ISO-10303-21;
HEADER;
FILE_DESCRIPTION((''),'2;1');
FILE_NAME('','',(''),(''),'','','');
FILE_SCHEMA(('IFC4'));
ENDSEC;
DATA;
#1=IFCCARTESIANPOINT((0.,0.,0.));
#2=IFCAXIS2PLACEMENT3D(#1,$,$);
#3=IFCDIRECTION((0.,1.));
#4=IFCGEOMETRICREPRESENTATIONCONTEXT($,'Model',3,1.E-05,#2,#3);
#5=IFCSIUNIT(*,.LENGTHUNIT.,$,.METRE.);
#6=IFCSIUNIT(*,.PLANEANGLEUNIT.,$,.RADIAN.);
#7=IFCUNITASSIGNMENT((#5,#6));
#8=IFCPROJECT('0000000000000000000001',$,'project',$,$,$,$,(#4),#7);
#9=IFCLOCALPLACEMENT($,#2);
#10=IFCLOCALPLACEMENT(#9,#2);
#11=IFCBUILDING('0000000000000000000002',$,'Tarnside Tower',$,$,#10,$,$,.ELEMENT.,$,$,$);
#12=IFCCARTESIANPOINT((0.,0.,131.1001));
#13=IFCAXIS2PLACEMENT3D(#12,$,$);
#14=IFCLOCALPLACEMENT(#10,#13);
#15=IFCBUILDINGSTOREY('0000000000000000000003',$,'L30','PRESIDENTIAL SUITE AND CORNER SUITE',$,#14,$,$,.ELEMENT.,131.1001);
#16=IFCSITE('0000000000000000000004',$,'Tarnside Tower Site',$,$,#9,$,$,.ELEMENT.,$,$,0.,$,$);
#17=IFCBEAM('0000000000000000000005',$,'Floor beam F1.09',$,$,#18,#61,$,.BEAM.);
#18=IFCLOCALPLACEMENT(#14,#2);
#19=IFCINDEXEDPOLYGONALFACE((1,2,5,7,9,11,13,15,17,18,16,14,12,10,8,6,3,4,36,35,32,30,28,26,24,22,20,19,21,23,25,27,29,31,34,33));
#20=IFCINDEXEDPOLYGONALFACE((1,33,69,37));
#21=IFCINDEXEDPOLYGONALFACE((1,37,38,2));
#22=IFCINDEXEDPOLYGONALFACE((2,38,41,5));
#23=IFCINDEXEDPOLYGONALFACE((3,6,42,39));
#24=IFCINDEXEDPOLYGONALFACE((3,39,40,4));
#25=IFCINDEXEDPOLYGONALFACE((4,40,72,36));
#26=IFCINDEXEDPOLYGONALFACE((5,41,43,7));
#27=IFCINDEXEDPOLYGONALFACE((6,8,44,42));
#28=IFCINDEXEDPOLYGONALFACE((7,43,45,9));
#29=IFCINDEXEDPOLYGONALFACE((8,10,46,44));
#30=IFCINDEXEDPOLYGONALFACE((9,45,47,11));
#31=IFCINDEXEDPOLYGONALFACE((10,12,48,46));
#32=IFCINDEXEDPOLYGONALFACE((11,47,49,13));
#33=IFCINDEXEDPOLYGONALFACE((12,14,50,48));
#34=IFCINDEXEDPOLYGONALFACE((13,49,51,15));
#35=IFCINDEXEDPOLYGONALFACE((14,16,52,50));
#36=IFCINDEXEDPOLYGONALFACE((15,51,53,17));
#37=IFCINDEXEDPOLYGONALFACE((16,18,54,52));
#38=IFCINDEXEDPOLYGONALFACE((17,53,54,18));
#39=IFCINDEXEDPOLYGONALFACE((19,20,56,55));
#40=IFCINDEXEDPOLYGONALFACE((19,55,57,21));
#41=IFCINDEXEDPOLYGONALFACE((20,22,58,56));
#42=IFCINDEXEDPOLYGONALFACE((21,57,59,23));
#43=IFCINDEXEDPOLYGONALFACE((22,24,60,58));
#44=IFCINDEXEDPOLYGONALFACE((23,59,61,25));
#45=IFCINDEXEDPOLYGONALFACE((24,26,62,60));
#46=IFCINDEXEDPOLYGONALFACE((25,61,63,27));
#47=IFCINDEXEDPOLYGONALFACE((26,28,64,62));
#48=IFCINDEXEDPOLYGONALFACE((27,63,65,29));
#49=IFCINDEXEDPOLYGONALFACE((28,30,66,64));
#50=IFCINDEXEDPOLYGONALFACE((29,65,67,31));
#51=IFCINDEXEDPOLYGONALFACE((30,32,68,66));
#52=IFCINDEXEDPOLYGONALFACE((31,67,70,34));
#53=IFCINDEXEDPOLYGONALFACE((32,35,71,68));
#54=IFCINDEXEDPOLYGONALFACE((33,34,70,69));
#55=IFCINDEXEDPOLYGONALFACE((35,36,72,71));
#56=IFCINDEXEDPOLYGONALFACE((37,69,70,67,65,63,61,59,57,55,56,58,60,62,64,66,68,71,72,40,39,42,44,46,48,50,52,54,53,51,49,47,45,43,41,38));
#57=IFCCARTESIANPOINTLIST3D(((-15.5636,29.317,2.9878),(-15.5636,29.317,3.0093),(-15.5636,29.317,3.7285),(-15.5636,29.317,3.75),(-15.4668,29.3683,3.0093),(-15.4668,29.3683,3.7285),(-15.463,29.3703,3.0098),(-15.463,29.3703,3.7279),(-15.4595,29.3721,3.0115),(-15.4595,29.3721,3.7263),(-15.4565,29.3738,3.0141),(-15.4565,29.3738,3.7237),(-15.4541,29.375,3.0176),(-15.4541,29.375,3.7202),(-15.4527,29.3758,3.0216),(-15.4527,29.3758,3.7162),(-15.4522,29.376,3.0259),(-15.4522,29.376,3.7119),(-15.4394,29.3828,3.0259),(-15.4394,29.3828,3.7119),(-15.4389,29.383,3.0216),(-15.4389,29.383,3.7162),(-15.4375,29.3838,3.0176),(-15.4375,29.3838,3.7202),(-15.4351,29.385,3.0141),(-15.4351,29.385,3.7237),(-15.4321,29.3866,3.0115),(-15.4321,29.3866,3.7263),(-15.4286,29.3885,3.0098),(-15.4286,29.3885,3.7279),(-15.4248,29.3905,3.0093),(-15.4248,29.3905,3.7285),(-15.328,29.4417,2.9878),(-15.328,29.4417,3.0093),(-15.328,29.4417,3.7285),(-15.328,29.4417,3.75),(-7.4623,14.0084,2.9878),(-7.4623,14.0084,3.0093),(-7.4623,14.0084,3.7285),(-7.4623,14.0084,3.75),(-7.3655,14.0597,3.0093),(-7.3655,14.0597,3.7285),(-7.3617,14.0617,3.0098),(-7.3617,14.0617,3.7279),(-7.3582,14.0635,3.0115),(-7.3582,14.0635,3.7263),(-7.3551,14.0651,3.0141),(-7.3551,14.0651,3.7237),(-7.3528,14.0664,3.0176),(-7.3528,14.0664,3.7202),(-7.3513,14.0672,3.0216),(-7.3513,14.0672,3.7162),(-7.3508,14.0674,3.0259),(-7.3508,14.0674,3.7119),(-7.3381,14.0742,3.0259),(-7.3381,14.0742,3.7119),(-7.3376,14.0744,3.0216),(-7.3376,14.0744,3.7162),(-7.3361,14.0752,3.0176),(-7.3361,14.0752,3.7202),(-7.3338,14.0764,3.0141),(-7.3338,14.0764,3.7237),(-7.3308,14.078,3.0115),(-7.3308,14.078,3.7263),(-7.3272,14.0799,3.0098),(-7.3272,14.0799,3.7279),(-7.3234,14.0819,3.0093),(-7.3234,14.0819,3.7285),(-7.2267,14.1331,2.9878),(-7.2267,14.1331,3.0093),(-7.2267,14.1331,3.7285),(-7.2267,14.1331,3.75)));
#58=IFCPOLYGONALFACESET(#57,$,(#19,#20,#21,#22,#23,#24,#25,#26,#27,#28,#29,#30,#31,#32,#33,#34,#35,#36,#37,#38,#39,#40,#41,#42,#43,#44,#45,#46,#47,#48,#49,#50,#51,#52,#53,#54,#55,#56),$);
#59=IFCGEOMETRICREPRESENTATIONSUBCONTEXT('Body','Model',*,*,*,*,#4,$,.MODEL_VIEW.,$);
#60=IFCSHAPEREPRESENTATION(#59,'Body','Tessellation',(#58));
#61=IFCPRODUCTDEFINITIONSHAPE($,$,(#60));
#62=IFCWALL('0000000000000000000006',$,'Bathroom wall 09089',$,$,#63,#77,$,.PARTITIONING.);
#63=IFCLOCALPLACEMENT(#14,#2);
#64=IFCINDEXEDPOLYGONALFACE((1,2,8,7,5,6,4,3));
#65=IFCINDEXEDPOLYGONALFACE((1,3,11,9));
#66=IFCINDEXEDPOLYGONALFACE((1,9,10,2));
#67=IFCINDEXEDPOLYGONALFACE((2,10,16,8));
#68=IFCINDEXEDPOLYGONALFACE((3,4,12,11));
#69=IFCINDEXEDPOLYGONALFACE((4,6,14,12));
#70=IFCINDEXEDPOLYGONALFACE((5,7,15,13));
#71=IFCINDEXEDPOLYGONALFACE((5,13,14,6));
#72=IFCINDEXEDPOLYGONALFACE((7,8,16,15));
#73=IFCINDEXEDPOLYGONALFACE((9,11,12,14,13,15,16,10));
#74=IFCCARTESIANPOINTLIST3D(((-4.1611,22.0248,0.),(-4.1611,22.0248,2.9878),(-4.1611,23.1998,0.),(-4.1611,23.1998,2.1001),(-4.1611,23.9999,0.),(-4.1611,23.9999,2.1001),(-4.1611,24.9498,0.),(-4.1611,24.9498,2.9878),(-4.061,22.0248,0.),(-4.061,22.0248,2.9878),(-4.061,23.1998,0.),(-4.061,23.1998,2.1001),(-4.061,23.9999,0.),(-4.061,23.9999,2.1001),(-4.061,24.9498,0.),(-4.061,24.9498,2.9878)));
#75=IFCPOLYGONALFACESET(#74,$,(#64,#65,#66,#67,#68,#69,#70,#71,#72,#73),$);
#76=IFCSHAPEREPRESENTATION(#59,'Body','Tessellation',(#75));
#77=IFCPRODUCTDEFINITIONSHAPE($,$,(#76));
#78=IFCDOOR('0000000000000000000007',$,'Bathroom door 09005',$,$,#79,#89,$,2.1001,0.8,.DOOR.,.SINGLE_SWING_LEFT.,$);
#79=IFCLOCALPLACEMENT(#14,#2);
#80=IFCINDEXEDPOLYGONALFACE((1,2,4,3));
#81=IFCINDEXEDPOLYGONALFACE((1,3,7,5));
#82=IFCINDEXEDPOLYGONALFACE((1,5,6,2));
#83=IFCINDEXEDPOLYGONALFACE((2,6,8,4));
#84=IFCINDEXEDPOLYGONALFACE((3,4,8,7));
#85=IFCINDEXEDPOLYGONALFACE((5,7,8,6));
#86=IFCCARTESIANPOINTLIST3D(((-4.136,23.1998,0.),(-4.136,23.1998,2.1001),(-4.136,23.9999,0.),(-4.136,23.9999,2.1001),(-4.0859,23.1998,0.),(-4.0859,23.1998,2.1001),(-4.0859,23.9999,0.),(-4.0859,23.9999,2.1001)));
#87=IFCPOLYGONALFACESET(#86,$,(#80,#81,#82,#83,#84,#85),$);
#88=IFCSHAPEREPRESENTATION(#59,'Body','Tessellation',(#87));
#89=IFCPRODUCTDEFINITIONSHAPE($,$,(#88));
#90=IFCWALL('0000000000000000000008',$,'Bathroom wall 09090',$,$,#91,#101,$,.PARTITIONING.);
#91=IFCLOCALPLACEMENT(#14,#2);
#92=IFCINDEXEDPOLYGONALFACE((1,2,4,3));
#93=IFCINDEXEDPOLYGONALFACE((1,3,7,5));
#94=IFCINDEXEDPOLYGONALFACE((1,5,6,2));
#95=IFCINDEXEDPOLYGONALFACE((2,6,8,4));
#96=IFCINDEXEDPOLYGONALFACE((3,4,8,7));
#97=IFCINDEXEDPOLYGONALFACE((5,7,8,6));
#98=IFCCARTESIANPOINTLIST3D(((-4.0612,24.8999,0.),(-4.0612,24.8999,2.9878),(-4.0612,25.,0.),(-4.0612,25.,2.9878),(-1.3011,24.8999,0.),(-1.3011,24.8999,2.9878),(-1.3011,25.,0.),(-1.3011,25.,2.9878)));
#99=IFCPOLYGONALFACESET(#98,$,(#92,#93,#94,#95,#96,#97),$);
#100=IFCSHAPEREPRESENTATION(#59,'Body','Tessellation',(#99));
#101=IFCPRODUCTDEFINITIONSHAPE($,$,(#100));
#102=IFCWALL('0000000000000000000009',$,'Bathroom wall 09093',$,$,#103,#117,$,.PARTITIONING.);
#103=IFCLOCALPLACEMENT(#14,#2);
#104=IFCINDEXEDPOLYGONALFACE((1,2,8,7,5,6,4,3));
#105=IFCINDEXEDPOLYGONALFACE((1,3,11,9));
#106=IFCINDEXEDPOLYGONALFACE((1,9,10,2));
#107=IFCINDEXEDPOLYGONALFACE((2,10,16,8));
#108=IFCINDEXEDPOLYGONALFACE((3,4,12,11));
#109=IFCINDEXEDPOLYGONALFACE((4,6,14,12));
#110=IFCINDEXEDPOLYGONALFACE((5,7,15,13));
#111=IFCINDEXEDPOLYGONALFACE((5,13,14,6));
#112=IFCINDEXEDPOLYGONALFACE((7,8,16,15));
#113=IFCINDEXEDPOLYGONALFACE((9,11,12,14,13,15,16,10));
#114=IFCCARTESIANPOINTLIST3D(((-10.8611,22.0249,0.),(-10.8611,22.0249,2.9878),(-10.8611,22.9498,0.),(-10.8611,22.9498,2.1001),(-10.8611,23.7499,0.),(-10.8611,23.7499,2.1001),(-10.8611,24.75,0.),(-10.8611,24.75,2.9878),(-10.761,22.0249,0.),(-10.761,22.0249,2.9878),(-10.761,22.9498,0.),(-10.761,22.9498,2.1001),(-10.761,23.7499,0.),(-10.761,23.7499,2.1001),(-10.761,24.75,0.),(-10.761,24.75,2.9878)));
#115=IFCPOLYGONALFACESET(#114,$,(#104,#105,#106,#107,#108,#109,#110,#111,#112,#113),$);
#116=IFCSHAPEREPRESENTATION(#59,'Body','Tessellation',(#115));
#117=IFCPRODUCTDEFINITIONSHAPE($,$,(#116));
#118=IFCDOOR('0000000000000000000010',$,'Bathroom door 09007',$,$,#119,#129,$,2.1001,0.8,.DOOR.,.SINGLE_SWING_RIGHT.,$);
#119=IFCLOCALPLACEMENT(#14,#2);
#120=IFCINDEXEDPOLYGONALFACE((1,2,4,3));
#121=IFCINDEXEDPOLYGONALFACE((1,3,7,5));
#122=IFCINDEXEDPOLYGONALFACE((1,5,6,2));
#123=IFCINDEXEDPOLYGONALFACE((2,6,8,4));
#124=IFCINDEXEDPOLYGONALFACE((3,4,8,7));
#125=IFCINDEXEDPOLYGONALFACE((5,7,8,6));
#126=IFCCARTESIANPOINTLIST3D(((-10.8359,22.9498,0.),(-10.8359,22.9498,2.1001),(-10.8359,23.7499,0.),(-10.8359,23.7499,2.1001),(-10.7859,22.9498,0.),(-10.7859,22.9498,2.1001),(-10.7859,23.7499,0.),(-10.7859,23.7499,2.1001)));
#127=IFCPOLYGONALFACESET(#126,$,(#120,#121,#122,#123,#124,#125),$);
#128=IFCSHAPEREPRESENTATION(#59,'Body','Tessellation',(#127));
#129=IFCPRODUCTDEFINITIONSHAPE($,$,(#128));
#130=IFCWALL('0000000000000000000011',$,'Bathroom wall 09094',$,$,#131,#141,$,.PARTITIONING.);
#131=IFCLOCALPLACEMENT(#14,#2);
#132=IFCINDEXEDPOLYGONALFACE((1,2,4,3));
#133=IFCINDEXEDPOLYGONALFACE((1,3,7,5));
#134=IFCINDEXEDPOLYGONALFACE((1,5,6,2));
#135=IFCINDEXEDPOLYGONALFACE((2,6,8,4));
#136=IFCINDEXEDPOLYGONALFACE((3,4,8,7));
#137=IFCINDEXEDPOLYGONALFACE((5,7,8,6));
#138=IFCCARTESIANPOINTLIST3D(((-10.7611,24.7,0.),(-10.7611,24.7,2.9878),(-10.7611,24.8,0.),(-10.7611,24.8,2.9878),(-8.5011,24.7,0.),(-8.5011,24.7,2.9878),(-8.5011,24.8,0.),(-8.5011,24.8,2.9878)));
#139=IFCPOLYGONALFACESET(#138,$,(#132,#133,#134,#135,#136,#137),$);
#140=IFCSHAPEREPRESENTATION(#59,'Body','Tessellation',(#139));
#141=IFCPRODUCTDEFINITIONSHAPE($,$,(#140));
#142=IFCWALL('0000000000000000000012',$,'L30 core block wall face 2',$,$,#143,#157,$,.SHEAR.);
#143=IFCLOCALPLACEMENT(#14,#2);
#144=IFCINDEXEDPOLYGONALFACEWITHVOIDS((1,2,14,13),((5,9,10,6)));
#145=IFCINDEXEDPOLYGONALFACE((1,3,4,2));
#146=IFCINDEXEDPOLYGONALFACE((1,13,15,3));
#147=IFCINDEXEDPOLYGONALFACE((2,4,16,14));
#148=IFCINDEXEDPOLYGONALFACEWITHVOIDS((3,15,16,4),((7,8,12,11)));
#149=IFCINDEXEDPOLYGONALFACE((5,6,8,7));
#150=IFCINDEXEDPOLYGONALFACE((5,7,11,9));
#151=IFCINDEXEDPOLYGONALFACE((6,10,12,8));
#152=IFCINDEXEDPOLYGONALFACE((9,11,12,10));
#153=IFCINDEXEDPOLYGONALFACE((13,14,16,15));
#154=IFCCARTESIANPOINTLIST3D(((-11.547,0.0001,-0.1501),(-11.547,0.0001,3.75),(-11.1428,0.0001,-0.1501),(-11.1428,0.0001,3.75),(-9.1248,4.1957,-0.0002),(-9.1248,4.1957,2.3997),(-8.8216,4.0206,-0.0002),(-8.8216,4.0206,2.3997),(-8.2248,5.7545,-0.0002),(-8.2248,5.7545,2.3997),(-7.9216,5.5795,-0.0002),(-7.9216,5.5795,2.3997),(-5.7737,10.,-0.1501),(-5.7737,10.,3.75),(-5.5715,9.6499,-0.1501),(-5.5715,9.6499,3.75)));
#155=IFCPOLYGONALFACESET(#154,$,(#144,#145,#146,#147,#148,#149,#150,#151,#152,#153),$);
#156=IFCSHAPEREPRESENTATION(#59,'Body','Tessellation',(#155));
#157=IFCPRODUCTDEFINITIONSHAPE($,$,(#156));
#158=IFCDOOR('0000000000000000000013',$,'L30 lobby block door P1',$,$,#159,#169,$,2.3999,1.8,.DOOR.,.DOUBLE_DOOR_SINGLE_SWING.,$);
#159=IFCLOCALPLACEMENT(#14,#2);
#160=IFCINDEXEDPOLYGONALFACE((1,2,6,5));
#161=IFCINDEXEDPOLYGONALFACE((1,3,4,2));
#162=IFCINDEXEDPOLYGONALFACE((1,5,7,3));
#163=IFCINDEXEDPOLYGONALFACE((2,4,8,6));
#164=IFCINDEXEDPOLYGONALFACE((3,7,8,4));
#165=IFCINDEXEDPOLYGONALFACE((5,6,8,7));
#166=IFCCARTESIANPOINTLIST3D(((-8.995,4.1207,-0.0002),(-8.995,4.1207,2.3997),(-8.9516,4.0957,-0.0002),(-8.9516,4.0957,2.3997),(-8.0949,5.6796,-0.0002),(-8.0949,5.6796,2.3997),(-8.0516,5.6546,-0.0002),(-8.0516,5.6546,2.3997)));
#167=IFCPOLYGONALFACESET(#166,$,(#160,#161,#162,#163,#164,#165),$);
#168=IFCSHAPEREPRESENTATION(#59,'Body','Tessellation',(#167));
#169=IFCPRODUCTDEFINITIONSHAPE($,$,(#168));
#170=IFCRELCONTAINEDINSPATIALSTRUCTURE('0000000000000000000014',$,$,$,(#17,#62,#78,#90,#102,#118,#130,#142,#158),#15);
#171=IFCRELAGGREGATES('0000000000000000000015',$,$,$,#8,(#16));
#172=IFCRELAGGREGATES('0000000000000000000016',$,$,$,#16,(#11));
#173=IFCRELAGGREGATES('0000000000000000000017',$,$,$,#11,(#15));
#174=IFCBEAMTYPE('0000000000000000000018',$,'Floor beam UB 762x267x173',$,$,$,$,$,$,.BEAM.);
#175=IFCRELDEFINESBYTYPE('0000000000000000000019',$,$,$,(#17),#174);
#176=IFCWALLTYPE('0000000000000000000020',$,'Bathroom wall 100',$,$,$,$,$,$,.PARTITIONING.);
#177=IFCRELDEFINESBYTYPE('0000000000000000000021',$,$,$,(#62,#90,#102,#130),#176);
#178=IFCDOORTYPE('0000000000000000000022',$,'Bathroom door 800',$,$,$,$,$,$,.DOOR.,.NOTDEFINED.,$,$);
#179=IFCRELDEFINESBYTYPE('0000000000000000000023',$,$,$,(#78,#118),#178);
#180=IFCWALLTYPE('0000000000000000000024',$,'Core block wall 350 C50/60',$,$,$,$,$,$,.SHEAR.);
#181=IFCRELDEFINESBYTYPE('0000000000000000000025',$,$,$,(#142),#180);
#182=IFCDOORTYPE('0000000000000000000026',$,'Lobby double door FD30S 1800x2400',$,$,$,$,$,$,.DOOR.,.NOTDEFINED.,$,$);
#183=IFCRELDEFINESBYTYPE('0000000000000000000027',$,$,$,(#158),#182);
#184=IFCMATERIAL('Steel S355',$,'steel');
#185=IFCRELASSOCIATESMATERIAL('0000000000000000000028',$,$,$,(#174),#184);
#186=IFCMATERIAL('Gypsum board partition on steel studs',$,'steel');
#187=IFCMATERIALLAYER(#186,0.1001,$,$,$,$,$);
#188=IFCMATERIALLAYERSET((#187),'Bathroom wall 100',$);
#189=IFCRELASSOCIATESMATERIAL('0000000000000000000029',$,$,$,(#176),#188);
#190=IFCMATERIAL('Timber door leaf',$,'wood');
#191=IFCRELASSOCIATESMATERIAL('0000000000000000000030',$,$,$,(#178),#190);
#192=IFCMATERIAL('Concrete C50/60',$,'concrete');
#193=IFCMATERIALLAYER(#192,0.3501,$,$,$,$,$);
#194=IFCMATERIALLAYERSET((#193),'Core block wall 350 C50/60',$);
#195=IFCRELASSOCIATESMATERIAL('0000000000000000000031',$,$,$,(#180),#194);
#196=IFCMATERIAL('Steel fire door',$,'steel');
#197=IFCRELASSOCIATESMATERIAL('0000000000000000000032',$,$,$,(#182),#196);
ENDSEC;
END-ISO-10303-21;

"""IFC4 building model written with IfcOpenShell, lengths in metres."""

from ifc_helpers import new_model, si_unit, direction, frame, frame_2d, origin, origin_2d, place, context, subcontext, project, spatial, polyline, rectangle, i_section, outline, extrude, material, layer, layer_set, material_profile, profile_set, type_object, element, fill, save


model = new_model("IFC4")

# Units and contexts
model_context = context("Model", 3, precision=1e-05, world=origin(), true_north=direction((0.0, 1.0)))
body_context = subcontext(model_context, "Body", "Model", "MODEL_VIEW")
ifc_project = project(units=[si_unit("LENGTHUNIT", "METRE"), si_unit("PLANEANGLEUNIT", "RADIAN")], contexts=[model_context])

# Site, building, storey
site_placement = place(None, origin())
site = spatial("IfcSite", under=ifc_project, at=site_placement, Name="Tarnside Tower Site", CompositionType="ELEMENT", RefElevation=0.0)
building_placement = place(site_placement, origin())
building = spatial("IfcBuilding", under=site, at=building_placement, Name="Tarnside Tower", CompositionType="ELEMENT")
storey_placement = place(building_placement, frame((0.0, 0.0, 131.1001)))
storey = spatial("IfcBuildingStorey", under=building, at=storey_placement, Name="L30", Description="PRESIDENTIAL SUITE AND CORNER SUITE", CompositionType="ELEMENT", Elevation=131.1001)

# Beam
ifc_material_1 = material(Name="Steel S355", Category="steel")
ifc_material_profile_1 = material_profile(ifc_material_1, i_section(OverallWidth=0.2666, OverallDepth=0.7622, WebThickness=0.0144, FlangeThickness=0.0215, FilletRadius=0.0166, at=origin_2d()), Name="UB 762x267x173")
ifc_profile_set_1 = profile_set([ifc_material_profile_1], Name="Steel S355")
beam_type_1 = type_object("IfcBeamType", Name="Floor beam UB 762x267x173", PredefinedType="BEAM", material=ifc_profile_set_1)
beam_1_placement = place(storey_placement, frame((-15.4458, 29.3794, 3.3689), z_axis=(0.467742, -0.883865, 0.0), x_axis=(0.883865, 0.467742, 0.0)))
element("IfcBeam", 1, at=beam_1_placement, inside=storey, type_object=beam_type_1, Name="Floor beam F1.09", PredefinedType="BEAM", context=body_context, shape_type="SweptSolid", body=[
    extrude(i_section(OverallWidth=0.2666, OverallDepth=0.7622, WebThickness=0.0144, FlangeThickness=0.0215, FilletRadius=0.0166, at=origin_2d()), origin(), (0.0, 0.0, 1.0), 17.3201),
])

# Wall, opening, door
ifc_material_2 = material(Name="Gypsum board partition on steel studs", Category="steel")
ifc_layer_1 = layer(ifc_material_2, 0.1001)
ifc_layer_set_1 = layer_set([ifc_layer_1], Name="Bathroom wall 100")
wall_type_1 = type_object("IfcWallType", Name="Bathroom wall 100", PredefinedType="PARTITIONING", material=ifc_layer_set_1)
wall_1_placement = place(storey_placement, frame((-4.1111, 22.0249, 0.0), z_axis=(0.0, 0.0, 1.0), x_axis=(0.0, 1.0, 0.0)))
wall_1 = element("IfcWall", 2, at=wall_1_placement, inside=storey, type_object=wall_type_1, Name="Bathroom wall 09089", PredefinedType="PARTITIONING", context=body_context, shape_type="SweptSolid", body=[
    extrude(rectangle(XDim=2.925, YDim=0.1001, at=frame_2d((1.4624, 0.0))), origin(), (0.0, 0.0, 1.0), 2.9878),
])
opening_1_placement = place(wall_1_placement, frame((1.175, 0.0, 0.0)))
opening_1 = element("IfcOpeningElement", 3, at=opening_1_placement, cuts=wall_1, PredefinedType="OPENING", context=body_context, shape_type="SweptSolid", body=[
    extrude(rectangle(XDim=0.8, YDim=2.1001, at=frame_2d((0.3999, 1.05))), frame((0.0, 0.0601, 0.0), z_axis=(0.0, -1.0, 0.0), x_axis=(1.0, 0.0, 0.0)), (0.0, 0.0, 1.0), 0.1201),
])
ifc_material_3 = material(Name="Timber door leaf", Category="wood")
door_type_1 = type_object("IfcDoorType", Name="Bathroom door 800", OperationType="NOTDEFINED", PredefinedType="DOOR", material=ifc_material_3)
door_1_placement = place(opening_1_placement, origin())
door_1 = element("IfcDoor", 4, at=door_1_placement, inside=storey, type_object=door_type_1, Name="Bathroom door 09005", OperationType="SINGLE_SWING_LEFT", OverallHeight=2.1001, OverallWidth=0.8, PredefinedType="DOOR", context=body_context, shape_type="SweptSolid", body=[
    extrude(rectangle(XDim=0.8, YDim=2.1001, at=frame_2d((0.3999, 1.05))), frame((0.0, 0.0249, 0.0), z_axis=(0.0, -1.0, 0.0), x_axis=(1.0, 0.0, 0.0)), (0.0, 0.0, 1.0), 0.05),
])
fill(opening_1, door_1)

# Wall
wall_2_placement = place(storey_placement, frame((-4.061, 24.95, 0.0), z_axis=(0.0, 0.0, 1.0), x_axis=(1.0, 0.0, 0.0)))
element("IfcWall", 5, at=wall_2_placement, inside=storey, type_object=wall_type_1, Name="Bathroom wall 09090", PredefinedType="PARTITIONING", context=body_context, shape_type="SweptSolid", body=[
    extrude(rectangle(XDim=2.76, YDim=0.1001, at=frame_2d((1.3799, 0.0))), origin(), (0.0, 0.0, 1.0), 2.9878),
])

# Wall, opening, door
wall_3_placement = place(storey_placement, frame((-10.811, 22.0249, 0.0), z_axis=(0.0, 0.0, 1.0), x_axis=(0.0, 1.0, 0.0)))
wall_3 = element("IfcWall", 6, at=wall_3_placement, inside=storey, type_object=wall_type_1, Name="Bathroom wall 09093", PredefinedType="PARTITIONING", context=body_context, shape_type="SweptSolid", body=[
    extrude(rectangle(XDim=2.7251, YDim=0.1001, at=frame_2d((1.3625, 0.0))), origin(), (0.0, 0.0, 1.0), 2.9878),
])
opening_2_placement = place(wall_3_placement, frame((0.925, 0.0, 0.0)))
opening_2 = element("IfcOpeningElement", 7, at=opening_2_placement, cuts=wall_3, PredefinedType="OPENING", context=body_context, shape_type="SweptSolid", body=[
    extrude(rectangle(XDim=0.8, YDim=2.1001, at=frame_2d((0.3999, 1.05))), frame((0.0, 0.0601, 0.0), z_axis=(0.0, -1.0, 0.0), x_axis=(1.0, 0.0, 0.0)), (0.0, 0.0, 1.0), 0.1201),
])
door_2_placement = place(opening_2_placement, origin())
door_2 = element("IfcDoor", 8, at=door_2_placement, inside=storey, type_object=door_type_1, Name="Bathroom door 09007", OperationType="SINGLE_SWING_RIGHT", OverallHeight=2.1001, OverallWidth=0.8, PredefinedType="DOOR", context=body_context, shape_type="SweptSolid", body=[
    extrude(rectangle(XDim=0.8, YDim=2.1001, at=frame_2d((0.3999, 1.05))), frame((0.0, 0.0249, 0.0), z_axis=(0.0, -1.0, 0.0), x_axis=(1.0, 0.0, 0.0)), (0.0, 0.0, 1.0), 0.05),
])
fill(opening_2, door_2)

# Wall
wall_4_placement = place(storey_placement, frame((-10.761, 24.75, 0.0), z_axis=(0.0, 0.0, 1.0), x_axis=(1.0, 0.0, 0.0)))
element("IfcWall", 9, at=wall_4_placement, inside=storey, type_object=wall_type_1, Name="Bathroom wall 09094", PredefinedType="PARTITIONING", context=body_context, shape_type="SweptSolid", body=[
    extrude(rectangle(XDim=2.26, YDim=0.1001, at=frame_2d((1.1299, 0.0))), origin(), (0.0, 0.0, 1.0), 2.9878),
])

# Wall, opening, door
ifc_material_4 = material(Name="Concrete C50/60", Category="concrete")
ifc_layer_2 = layer(ifc_material_4, 0.3501)
ifc_layer_set_2 = layer_set([ifc_layer_2], Name="Core block wall 350 C50/60")
wall_type_2 = type_object("IfcWallType", Name="Core block wall 350 C50/60", PredefinedType="SHEAR", material=ifc_layer_set_2)
wall_5_placement = place(storey_placement, frame((-5.6726, 9.825, -0.1501), z_axis=(0.0, 0.0, 1.0), x_axis=(-0.499995, -0.866028, 0.0)))
wall_5 = element("IfcWall", 10, at=wall_5_placement, inside=storey, type_object=wall_type_2, Name="L30 core block wall face 2", PredefinedType="SHEAR", context=body_context, shape_type="SweptSolid", body=[
    extrude(outline(polyline([(-0.1011, -0.175), (11.4458, -0.175), (11.2437, 0.175), (0.1011, 0.175), (-0.1011, -0.175)])), origin(), (0.0, 0.0, 1.0), 3.9001),
])
opening_3_placement = place(wall_5_placement, frame((4.8013, 0.0, 0.1499)))
opening_3 = element("IfcOpeningElement", 11, at=opening_3_placement, cuts=wall_5, PredefinedType="OPENING", context=body_context, shape_type="SweptSolid", body=[
    extrude(rectangle(XDim=1.8, YDim=2.3999, at=frame_2d((0.8999, 1.2))), frame((0.0, 0.1851, 0.0), z_axis=(0.0, -1.0, 0.0), x_axis=(1.0, 0.0, 0.0)), (0.0, 0.0, 1.0), 0.3701),
])
ifc_material_5 = material(Name="Steel fire door", Category="steel")
door_type_2 = type_object("IfcDoorType", Name="Lobby double door FD30S 1800x2400", OperationType="NOTDEFINED", PredefinedType="DOOR", material=ifc_material_5)
door_3_placement = place(opening_3_placement, origin())
door_3 = element("IfcDoor", 12, at=door_3_placement, inside=storey, type_object=door_type_2, Name="L30 lobby block door P1", OperationType="DOUBLE_DOOR_SINGLE_SWING", OverallHeight=2.3999, OverallWidth=1.8, PredefinedType="DOOR", context=body_context, shape_type="SweptSolid", body=[
    extrude(rectangle(XDim=1.8, YDim=2.3999, at=frame_2d((0.8999, 1.2))), frame((0.0, 0.0249, 0.0), z_axis=(0.0, -1.0, 0.0), x_axis=(1.0, 0.0, 0.0)), (0.0, 0.0, 1.0), 0.05),
])
fill(opening_3, door_3)

save(model, "model.ifc")
